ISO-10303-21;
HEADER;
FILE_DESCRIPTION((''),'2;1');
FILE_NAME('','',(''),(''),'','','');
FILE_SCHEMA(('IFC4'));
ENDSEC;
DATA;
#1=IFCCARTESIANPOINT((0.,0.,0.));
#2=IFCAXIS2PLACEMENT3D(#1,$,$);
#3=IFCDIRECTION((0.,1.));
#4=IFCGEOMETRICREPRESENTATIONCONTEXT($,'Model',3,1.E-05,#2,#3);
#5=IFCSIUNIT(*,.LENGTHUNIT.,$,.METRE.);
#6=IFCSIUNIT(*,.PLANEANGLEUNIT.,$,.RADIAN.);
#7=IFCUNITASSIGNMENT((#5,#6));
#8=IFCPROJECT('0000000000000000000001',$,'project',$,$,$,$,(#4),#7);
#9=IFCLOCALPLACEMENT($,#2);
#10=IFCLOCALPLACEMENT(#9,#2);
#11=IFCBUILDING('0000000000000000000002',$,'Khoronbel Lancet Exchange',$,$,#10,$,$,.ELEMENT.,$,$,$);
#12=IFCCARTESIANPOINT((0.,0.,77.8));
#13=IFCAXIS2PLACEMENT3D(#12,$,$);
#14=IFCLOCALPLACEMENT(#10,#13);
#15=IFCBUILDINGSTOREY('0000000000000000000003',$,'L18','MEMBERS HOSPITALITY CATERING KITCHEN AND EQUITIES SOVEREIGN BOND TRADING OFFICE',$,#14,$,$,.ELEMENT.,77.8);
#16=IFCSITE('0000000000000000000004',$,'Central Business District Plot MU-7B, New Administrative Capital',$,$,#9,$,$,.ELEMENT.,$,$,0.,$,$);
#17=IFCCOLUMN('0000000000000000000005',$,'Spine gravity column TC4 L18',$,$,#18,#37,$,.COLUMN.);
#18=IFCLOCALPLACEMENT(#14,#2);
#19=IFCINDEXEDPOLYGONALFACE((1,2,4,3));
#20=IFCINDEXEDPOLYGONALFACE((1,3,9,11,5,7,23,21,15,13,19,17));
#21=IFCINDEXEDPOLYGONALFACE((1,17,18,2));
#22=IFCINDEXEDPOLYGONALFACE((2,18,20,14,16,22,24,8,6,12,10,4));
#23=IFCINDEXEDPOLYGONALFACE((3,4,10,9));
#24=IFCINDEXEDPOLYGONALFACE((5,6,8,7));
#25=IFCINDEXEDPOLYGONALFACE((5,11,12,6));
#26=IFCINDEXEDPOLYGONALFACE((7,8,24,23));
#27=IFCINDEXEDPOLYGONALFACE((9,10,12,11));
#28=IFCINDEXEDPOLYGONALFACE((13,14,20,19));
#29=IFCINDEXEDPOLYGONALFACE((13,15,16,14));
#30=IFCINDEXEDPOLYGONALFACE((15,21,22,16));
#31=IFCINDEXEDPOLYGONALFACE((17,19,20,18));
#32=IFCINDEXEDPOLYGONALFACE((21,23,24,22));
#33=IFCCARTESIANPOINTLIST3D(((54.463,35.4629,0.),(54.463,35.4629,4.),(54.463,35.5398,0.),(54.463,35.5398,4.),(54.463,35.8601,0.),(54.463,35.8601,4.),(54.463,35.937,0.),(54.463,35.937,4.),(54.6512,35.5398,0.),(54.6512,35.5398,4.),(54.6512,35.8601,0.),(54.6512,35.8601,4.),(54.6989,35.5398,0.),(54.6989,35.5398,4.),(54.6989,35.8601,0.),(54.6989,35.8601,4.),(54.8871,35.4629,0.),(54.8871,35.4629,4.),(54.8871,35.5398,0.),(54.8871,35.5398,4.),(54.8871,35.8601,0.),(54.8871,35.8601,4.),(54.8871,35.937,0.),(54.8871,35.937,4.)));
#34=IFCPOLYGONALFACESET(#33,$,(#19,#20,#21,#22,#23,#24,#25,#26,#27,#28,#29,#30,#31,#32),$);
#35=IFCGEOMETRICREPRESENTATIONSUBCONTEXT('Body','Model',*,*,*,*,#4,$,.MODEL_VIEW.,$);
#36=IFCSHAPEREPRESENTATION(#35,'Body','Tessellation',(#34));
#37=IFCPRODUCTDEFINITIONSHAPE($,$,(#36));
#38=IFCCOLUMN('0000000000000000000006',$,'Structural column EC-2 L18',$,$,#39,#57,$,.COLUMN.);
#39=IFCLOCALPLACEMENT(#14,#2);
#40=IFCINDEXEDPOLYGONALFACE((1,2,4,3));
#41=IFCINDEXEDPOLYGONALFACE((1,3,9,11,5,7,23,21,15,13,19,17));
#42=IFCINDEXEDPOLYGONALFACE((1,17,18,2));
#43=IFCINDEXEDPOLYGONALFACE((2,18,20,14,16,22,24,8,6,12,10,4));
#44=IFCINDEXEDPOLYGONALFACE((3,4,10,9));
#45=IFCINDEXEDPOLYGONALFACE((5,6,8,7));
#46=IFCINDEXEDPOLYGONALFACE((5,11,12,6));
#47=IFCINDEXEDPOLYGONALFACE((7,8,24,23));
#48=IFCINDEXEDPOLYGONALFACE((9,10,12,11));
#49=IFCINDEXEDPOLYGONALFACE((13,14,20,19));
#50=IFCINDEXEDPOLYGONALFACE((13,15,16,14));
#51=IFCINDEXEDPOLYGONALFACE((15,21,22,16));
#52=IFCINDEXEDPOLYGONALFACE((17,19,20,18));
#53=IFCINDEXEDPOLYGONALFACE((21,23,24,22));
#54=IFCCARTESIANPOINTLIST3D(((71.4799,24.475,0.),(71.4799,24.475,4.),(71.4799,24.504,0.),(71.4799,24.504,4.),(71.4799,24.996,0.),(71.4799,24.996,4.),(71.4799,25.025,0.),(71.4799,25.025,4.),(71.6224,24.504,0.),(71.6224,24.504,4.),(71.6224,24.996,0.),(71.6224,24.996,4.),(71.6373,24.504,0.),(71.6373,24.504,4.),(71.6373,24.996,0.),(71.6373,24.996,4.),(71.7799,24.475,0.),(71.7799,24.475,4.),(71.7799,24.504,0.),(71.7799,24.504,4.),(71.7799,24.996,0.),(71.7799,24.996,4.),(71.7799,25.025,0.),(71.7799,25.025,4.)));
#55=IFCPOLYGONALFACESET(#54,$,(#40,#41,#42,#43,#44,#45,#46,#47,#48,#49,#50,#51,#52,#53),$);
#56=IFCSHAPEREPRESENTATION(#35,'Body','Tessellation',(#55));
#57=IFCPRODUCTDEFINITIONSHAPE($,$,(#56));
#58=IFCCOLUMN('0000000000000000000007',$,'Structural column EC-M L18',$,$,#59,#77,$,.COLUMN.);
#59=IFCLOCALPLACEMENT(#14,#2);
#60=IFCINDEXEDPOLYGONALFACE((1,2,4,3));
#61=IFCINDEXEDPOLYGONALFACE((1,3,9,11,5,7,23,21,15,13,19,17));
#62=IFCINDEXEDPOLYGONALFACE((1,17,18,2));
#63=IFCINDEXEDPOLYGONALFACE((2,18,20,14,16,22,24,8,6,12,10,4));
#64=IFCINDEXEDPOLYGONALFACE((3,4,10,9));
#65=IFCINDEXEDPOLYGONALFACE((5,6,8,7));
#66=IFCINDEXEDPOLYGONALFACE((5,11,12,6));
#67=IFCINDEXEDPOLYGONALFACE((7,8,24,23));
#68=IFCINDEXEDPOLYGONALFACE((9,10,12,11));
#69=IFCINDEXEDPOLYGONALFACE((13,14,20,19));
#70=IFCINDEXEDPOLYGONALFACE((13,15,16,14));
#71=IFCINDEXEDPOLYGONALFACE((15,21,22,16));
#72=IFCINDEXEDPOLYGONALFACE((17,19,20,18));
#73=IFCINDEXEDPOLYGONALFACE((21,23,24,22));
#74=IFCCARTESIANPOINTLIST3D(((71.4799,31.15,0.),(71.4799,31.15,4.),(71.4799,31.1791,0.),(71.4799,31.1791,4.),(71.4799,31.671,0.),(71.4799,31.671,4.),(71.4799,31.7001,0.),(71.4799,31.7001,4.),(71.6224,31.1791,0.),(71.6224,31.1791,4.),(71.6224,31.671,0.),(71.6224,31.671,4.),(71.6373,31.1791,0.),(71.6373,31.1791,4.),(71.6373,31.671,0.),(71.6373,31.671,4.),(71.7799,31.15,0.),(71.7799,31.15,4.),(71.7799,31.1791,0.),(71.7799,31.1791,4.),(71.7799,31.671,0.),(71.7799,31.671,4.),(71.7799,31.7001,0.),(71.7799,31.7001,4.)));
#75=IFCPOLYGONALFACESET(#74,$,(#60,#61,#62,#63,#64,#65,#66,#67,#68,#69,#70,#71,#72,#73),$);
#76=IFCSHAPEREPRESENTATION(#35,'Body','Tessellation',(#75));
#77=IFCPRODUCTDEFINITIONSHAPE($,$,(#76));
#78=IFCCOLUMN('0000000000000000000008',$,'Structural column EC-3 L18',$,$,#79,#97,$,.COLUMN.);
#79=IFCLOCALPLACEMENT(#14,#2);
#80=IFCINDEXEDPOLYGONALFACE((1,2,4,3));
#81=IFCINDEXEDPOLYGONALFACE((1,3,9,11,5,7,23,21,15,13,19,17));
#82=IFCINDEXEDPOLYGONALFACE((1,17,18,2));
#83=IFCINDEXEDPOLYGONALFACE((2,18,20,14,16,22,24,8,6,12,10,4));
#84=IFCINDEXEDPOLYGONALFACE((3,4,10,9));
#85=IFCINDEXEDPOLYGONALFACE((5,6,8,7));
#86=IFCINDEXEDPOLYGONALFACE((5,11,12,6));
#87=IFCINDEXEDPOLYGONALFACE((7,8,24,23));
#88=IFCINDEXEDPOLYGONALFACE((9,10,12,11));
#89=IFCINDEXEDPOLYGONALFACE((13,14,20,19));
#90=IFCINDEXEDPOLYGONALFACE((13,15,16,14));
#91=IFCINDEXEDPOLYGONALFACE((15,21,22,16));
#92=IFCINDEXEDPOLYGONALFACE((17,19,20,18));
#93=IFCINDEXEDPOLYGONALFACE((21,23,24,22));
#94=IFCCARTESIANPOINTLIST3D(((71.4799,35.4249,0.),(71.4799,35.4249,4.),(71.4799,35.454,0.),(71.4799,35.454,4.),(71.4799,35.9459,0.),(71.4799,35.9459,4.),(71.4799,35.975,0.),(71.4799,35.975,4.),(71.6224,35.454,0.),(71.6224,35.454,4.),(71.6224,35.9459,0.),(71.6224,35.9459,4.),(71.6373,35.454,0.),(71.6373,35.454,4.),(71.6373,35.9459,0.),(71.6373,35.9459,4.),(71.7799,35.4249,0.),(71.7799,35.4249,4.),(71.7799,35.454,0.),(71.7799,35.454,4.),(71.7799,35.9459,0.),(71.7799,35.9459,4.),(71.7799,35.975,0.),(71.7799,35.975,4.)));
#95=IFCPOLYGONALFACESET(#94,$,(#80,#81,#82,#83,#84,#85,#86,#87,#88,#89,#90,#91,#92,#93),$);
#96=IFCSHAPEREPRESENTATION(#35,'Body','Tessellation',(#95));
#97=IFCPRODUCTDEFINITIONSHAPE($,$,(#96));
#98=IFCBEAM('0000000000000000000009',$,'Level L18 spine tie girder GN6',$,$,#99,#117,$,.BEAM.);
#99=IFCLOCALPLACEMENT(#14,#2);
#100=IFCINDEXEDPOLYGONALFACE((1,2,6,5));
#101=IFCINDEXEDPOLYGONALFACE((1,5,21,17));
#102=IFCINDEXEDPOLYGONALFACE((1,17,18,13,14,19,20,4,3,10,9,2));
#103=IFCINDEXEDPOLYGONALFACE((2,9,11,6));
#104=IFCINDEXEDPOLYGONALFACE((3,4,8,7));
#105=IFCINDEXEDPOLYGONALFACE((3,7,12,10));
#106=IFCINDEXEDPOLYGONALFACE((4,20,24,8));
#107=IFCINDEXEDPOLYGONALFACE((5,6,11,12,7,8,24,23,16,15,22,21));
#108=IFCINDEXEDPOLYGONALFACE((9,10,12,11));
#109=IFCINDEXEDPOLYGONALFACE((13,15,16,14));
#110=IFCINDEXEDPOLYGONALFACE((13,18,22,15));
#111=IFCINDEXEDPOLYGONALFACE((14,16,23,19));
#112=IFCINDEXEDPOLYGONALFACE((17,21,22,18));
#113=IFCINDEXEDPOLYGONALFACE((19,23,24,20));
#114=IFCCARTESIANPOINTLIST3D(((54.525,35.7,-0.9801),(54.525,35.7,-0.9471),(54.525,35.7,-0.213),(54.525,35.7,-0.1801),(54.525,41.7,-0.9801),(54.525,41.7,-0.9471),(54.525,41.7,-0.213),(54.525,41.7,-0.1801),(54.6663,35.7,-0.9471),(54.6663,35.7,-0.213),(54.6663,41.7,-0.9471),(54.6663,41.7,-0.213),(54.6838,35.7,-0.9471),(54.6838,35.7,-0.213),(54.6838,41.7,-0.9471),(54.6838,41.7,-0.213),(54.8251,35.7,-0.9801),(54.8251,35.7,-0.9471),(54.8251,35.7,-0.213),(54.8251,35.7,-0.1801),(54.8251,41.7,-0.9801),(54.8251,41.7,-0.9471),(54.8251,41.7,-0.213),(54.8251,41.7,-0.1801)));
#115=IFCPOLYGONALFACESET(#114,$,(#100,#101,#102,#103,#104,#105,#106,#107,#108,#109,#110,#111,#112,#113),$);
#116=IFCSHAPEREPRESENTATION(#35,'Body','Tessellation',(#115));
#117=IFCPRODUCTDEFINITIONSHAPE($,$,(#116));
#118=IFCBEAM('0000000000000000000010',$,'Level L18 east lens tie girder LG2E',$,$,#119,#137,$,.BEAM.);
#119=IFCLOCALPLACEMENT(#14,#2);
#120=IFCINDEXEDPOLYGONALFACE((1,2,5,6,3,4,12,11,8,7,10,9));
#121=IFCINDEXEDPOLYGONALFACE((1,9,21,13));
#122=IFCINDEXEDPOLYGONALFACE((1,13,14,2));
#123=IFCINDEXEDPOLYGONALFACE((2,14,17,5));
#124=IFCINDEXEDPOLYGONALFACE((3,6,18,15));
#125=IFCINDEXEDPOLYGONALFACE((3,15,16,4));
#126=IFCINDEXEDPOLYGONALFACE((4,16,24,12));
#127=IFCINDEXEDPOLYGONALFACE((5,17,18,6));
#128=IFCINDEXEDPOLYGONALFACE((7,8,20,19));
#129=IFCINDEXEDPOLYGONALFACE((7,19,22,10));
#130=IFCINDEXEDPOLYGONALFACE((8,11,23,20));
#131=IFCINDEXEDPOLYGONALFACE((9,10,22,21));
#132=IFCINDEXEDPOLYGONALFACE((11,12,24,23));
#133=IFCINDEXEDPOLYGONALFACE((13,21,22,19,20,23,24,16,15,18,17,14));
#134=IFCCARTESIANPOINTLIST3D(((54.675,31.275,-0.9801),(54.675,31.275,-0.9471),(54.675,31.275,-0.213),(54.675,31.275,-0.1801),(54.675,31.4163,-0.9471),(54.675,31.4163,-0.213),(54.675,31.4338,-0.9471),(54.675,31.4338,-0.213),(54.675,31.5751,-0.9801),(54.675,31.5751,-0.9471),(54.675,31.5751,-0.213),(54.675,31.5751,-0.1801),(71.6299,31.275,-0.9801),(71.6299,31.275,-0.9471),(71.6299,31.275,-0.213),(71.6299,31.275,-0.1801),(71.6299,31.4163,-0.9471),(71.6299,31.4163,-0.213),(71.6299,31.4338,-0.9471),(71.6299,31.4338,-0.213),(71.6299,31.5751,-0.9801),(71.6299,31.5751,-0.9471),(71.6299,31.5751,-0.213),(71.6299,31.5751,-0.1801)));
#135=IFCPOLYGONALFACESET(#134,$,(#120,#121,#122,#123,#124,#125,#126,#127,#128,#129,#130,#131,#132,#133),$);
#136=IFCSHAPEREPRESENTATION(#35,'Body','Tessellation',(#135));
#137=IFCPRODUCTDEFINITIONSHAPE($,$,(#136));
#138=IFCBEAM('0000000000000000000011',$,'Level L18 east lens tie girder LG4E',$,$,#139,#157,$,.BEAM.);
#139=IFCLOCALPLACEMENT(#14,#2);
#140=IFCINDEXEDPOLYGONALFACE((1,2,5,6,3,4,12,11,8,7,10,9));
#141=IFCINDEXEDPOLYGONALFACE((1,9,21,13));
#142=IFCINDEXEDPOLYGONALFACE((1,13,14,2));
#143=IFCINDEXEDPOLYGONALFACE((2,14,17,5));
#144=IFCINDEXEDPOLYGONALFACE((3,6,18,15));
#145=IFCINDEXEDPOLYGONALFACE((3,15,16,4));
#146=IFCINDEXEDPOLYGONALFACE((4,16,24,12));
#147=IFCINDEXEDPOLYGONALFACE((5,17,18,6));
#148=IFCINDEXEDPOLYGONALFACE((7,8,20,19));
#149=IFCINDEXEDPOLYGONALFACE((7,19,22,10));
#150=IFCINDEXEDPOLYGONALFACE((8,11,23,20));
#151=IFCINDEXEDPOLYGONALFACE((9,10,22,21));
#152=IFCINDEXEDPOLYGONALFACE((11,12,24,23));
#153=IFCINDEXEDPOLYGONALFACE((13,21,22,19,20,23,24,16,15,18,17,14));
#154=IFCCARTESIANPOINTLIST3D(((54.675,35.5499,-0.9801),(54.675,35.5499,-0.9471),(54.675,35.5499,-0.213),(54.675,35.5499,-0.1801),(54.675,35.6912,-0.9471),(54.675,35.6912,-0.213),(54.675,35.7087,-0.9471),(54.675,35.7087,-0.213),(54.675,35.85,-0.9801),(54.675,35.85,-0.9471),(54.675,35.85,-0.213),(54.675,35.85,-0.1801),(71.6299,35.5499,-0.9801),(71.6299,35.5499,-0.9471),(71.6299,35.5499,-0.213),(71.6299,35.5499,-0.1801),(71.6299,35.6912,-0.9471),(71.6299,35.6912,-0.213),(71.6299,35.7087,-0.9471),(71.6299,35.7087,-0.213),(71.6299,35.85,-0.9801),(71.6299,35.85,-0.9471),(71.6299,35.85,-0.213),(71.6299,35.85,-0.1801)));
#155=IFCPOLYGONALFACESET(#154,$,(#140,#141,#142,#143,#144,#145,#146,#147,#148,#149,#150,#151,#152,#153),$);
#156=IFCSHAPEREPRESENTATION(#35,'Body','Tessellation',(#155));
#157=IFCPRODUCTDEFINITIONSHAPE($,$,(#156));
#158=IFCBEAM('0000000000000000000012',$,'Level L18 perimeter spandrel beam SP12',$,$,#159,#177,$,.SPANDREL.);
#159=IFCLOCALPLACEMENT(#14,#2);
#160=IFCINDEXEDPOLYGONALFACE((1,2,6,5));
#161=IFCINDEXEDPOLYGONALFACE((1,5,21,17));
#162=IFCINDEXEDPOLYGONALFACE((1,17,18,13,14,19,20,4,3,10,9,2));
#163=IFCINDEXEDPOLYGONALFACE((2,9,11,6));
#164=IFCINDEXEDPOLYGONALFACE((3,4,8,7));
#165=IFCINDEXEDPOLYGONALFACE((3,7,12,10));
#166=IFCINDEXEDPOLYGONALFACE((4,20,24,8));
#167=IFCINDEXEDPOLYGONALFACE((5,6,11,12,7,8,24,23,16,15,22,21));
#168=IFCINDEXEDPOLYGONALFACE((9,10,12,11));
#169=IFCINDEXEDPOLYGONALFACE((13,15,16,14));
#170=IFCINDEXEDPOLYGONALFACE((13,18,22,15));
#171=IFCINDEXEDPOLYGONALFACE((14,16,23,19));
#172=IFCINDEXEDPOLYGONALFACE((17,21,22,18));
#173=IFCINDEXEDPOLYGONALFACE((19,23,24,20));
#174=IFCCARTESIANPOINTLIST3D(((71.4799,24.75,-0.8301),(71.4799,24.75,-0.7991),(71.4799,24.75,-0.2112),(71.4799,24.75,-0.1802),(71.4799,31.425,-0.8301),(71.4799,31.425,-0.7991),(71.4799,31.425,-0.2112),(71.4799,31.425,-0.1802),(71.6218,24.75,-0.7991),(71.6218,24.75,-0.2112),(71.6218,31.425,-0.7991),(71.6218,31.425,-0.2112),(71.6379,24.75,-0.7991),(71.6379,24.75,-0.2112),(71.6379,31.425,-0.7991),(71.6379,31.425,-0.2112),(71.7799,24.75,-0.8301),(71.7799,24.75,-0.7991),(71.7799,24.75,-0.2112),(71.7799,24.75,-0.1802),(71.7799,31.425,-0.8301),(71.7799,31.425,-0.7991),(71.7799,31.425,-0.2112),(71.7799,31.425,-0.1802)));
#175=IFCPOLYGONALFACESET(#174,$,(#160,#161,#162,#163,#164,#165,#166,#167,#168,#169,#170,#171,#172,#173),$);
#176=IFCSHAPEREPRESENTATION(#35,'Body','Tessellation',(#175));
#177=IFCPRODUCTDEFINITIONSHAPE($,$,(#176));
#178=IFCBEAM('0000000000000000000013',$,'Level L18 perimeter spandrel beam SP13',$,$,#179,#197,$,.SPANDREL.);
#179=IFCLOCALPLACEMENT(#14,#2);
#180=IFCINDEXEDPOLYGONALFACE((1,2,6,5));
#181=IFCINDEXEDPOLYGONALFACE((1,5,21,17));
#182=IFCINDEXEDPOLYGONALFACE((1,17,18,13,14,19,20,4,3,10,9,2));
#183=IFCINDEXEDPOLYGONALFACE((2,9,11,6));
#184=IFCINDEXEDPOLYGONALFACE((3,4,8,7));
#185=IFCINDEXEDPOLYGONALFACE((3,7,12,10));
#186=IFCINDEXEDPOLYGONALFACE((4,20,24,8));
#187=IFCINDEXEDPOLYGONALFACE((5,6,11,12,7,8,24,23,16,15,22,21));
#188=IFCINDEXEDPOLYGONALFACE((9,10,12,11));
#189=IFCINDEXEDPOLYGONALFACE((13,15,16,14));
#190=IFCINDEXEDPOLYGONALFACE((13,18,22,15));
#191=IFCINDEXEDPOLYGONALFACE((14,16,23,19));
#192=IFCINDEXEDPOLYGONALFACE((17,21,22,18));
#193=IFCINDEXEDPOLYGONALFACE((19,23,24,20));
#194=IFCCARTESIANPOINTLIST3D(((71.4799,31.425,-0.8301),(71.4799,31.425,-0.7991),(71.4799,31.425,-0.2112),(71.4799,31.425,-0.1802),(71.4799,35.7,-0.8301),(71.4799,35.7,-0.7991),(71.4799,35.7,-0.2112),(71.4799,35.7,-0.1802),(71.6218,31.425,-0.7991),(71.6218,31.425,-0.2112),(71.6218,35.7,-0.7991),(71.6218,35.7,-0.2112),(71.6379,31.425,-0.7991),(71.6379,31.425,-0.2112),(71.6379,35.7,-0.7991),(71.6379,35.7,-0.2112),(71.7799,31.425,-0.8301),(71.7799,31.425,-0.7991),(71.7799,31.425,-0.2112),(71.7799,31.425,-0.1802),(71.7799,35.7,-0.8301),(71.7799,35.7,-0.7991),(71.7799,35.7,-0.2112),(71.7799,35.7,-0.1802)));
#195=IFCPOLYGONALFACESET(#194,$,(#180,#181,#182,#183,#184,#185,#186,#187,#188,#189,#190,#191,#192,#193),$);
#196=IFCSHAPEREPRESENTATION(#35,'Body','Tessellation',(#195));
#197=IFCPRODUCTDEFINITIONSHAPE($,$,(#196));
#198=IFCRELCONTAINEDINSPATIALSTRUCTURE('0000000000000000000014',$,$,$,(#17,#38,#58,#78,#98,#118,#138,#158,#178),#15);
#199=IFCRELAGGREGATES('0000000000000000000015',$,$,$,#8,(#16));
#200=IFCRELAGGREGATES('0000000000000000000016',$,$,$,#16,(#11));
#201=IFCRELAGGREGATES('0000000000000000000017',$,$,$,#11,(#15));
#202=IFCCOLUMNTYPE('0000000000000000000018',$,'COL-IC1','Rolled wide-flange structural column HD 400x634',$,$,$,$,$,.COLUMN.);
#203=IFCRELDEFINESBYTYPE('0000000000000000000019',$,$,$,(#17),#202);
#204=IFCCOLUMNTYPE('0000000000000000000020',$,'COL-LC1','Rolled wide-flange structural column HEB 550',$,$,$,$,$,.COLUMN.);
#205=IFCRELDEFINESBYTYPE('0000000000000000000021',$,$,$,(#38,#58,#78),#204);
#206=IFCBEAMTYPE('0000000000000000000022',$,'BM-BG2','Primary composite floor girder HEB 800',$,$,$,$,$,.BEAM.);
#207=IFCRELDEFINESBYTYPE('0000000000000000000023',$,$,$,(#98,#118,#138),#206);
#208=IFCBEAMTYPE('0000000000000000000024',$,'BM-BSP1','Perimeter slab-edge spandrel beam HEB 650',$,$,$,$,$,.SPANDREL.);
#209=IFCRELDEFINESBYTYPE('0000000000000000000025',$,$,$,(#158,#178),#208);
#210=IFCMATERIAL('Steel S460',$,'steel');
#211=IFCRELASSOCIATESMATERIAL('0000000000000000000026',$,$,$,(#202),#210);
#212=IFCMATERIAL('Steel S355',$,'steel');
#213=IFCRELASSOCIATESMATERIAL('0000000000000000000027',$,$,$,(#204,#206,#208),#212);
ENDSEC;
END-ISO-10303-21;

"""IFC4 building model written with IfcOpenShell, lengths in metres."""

from ifc_helpers import new_model, si_unit, direction, frame, origin, origin_2d, place, context, subcontext, project, spatial, i_section, extrude, material, material_profile, profile_set, type_object, element, save


model = new_model("IFC4")

# Units and contexts
model_context = context("Model", 3, precision=1e-05, world=origin(), true_north=direction((0.0, 1.0)))
body_context = subcontext(model_context, "Body", "Model", "MODEL_VIEW")
ifc_project = project(units=[si_unit("LENGTHUNIT", "METRE"), si_unit("PLANEANGLEUNIT", "RADIAN")], contexts=[model_context])

# Site, building, storey
site_placement = place(None, origin())
site = spatial("IfcSite", under=ifc_project, at=site_placement, Name="Central Business District Plot MU-7B, New Administrative Capital", CompositionType="ELEMENT", RefElevation=0.0)
building_placement = place(site_placement, origin())
building = spatial("IfcBuilding", under=site, at=building_placement, Name="Khoronbel Lancet Exchange", CompositionType="ELEMENT")
storey_placement = place(building_placement, frame((0.0, 0.0, 77.8)))
storey = spatial("IfcBuildingStorey", under=building, at=storey_placement, Name="L18", Description="MEMBERS HOSPITALITY CATERING KITCHEN AND EQUITIES SOVEREIGN BOND TRADING OFFICE", CompositionType="ELEMENT", Elevation=77.8)

# Columns
ifc_material_1 = material(Name="Steel S460", Category="steel")
ifc_material_profile_1 = material_profile(ifc_material_1, i_section(OverallWidth=0.4241, OverallDepth=0.4741, WebThickness=0.0476, FlangeThickness=0.0769, at=origin_2d()), Name="HD 400x634")
ifc_profile_set_1 = profile_set([ifc_material_profile_1], Name="Steel S460")
column_type_1 = type_object("IfcColumnType", Name="COL-IC1", Description="Rolled wide-flange structural column HD 400x634", PredefinedType="COLUMN", material=ifc_profile_set_1)
column_placement = place(storey_placement, frame((54.675, 35.7, 0.0), z_axis=(0.0, 0.0, 1.0), x_axis=(1.0, 0.0, 0.0)))
element("IfcColumn", 1, at=column_placement, inside=storey, type_object=column_type_1, Name="Spine gravity column TC4 L18", PredefinedType="COLUMN", context=body_context, shape_type="SweptSolid", body=[
    extrude(i_section(OverallWidth=0.4241, OverallDepth=0.4741, WebThickness=0.0476, FlangeThickness=0.0769, at=origin_2d()), origin(), (0.0, 0.0, 1.0), 4.0),
])
ifc_material_2 = material(Name="Steel S355", Category="steel")
ifc_material_profile_2 = material_profile(ifc_material_2, i_section(OverallWidth=0.3, OverallDepth=0.55, WebThickness=0.0149, FlangeThickness=0.0291, at=origin_2d()), Name="HEB 550")
ifc_profile_set_2 = profile_set([ifc_material_profile_2], Name="Steel S355")
column_type_2 = type_object("IfcColumnType", Name="COL-LC1", Description="Rolled wide-flange structural column HEB 550", PredefinedType="COLUMN", material=ifc_profile_set_2)
for number, where, z_axis, x_axis, name in (
    (2, (71.6299, 24.75, 0.0), (0.0, 0.0, 1.0), (1.0, 0.0, 0.0), "Structural column EC-2 L18"),
    (3, (71.6299, 31.425, 0.0), (0.0, 0.0, 1.0), (1.0, 0.0, 0.0), "Structural column EC-M L18"),
    (4, (71.6299, 35.7, 0.0), (0.0, 0.0, 1.0), (1.0, 0.0, 0.0), "Structural column EC-3 L18"),
):
    element("IfcColumn", number, at=place(storey_placement, frame(where, z_axis=z_axis, x_axis=x_axis)), inside=storey, type_object=column_type_2, Name=name, PredefinedType="COLUMN", context=body_context, shape_type="SweptSolid", body=[
        extrude(i_section(OverallWidth=0.3, OverallDepth=0.55, WebThickness=0.0149, FlangeThickness=0.0291, at=origin_2d()), origin(), (0.0, 0.0, 1.0), 4.0),
    ])

# Beams
ifc_material_profile_3 = material_profile(ifc_material_2, i_section(OverallWidth=0.3, OverallDepth=0.8, WebThickness=0.0176, FlangeThickness=0.033, at=origin_2d()), Name="HEB 800")
ifc_profile_set_3 = profile_set([ifc_material_profile_3], Name="Steel S355")
beam_type_1 = type_object("IfcBeamType", Name="BM-BG2", Description="Primary composite floor girder HEB 800", PredefinedType="BEAM", material=ifc_profile_set_3)
beam_1_placement = place(storey_placement, frame((54.675, 35.7, -0.5801), z_axis=(0.0, 1.0, 0.0), x_axis=(-1.0, 0.0, 0.0)))
element("IfcBeam", 5, at=beam_1_placement, inside=storey, type_object=beam_type_1, Name="Level L18 spine tie girder GN6", PredefinedType="BEAM", context=body_context, shape_type="SweptSolid", body=[
    extrude(i_section(OverallWidth=0.3, OverallDepth=0.8, WebThickness=0.0176, FlangeThickness=0.033, at=origin_2d()), origin(), (0.0, 0.0, 1.0), 6.0),
])
for number, where, z_axis, x_axis, name in (
    (6, (54.675, 31.425, -0.5801), (1.0, 0.0, 0.0), (0.0, 1.0, 0.0), "Level L18 east lens tie girder LG2E"),
    (7, (54.675, 35.7, -0.5801), (1.0, 0.0, 0.0), (0.0, 1.0, 0.0), "Level L18 east lens tie girder LG4E"),
):
    element("IfcBeam", number, at=place(storey_placement, frame(where, z_axis=z_axis, x_axis=x_axis)), inside=storey, type_object=beam_type_1, Name=name, PredefinedType="BEAM", context=body_context, shape_type="SweptSolid", body=[
        extrude(i_section(OverallWidth=0.3, OverallDepth=0.8, WebThickness=0.0176, FlangeThickness=0.033, at=origin_2d()), origin(), (0.0, 0.0, 1.0), 16.9548),
    ])
ifc_material_profile_4 = material_profile(ifc_material_2, i_section(OverallWidth=0.3, OverallDepth=0.6499, WebThickness=0.0161, FlangeThickness=0.031, at=origin_2d()), Name="HEB 650")
ifc_profile_set_4 = profile_set([ifc_material_profile_4], Name="Steel S355")
beam_type_2 = type_object("IfcBeamType", Name="BM-BSP1", Description="Perimeter slab-edge spandrel beam HEB 650", PredefinedType="SPANDREL", material=ifc_profile_set_4)
beam_2_placement = place(storey_placement, frame((71.6299, 24.75, -0.5051), z_axis=(0.0, 1.0, 0.0), x_axis=(-1.0, 0.0, 0.0)))
element("IfcBeam", 8, at=beam_2_placement, inside=storey, type_object=beam_type_2, Name="Level L18 perimeter spandrel beam SP12", PredefinedType="SPANDREL", context=body_context, shape_type="SweptSolid", body=[
    extrude(i_section(OverallWidth=0.3, OverallDepth=0.6499, WebThickness=0.0161, FlangeThickness=0.031, at=origin_2d()), origin(), (0.0, 0.0, 1.0), 6.675),
])
beam_3_placement = place(storey_placement, frame((71.6299, 31.425, -0.5051), z_axis=(0.0, 1.0, 0.0), x_axis=(-1.0, 0.0, 0.0)))
element("IfcBeam", 9, at=beam_3_placement, inside=storey, type_object=beam_type_2, Name="Level L18 perimeter spandrel beam SP13", PredefinedType="SPANDREL", context=body_context, shape_type="SweptSolid", body=[
    extrude(i_section(OverallWidth=0.3, OverallDepth=0.6499, WebThickness=0.0161, FlangeThickness=0.031, at=origin_2d()), origin(), (0.0, 0.0, 1.0), 4.2749),
])

save(model, "model.ifc")
